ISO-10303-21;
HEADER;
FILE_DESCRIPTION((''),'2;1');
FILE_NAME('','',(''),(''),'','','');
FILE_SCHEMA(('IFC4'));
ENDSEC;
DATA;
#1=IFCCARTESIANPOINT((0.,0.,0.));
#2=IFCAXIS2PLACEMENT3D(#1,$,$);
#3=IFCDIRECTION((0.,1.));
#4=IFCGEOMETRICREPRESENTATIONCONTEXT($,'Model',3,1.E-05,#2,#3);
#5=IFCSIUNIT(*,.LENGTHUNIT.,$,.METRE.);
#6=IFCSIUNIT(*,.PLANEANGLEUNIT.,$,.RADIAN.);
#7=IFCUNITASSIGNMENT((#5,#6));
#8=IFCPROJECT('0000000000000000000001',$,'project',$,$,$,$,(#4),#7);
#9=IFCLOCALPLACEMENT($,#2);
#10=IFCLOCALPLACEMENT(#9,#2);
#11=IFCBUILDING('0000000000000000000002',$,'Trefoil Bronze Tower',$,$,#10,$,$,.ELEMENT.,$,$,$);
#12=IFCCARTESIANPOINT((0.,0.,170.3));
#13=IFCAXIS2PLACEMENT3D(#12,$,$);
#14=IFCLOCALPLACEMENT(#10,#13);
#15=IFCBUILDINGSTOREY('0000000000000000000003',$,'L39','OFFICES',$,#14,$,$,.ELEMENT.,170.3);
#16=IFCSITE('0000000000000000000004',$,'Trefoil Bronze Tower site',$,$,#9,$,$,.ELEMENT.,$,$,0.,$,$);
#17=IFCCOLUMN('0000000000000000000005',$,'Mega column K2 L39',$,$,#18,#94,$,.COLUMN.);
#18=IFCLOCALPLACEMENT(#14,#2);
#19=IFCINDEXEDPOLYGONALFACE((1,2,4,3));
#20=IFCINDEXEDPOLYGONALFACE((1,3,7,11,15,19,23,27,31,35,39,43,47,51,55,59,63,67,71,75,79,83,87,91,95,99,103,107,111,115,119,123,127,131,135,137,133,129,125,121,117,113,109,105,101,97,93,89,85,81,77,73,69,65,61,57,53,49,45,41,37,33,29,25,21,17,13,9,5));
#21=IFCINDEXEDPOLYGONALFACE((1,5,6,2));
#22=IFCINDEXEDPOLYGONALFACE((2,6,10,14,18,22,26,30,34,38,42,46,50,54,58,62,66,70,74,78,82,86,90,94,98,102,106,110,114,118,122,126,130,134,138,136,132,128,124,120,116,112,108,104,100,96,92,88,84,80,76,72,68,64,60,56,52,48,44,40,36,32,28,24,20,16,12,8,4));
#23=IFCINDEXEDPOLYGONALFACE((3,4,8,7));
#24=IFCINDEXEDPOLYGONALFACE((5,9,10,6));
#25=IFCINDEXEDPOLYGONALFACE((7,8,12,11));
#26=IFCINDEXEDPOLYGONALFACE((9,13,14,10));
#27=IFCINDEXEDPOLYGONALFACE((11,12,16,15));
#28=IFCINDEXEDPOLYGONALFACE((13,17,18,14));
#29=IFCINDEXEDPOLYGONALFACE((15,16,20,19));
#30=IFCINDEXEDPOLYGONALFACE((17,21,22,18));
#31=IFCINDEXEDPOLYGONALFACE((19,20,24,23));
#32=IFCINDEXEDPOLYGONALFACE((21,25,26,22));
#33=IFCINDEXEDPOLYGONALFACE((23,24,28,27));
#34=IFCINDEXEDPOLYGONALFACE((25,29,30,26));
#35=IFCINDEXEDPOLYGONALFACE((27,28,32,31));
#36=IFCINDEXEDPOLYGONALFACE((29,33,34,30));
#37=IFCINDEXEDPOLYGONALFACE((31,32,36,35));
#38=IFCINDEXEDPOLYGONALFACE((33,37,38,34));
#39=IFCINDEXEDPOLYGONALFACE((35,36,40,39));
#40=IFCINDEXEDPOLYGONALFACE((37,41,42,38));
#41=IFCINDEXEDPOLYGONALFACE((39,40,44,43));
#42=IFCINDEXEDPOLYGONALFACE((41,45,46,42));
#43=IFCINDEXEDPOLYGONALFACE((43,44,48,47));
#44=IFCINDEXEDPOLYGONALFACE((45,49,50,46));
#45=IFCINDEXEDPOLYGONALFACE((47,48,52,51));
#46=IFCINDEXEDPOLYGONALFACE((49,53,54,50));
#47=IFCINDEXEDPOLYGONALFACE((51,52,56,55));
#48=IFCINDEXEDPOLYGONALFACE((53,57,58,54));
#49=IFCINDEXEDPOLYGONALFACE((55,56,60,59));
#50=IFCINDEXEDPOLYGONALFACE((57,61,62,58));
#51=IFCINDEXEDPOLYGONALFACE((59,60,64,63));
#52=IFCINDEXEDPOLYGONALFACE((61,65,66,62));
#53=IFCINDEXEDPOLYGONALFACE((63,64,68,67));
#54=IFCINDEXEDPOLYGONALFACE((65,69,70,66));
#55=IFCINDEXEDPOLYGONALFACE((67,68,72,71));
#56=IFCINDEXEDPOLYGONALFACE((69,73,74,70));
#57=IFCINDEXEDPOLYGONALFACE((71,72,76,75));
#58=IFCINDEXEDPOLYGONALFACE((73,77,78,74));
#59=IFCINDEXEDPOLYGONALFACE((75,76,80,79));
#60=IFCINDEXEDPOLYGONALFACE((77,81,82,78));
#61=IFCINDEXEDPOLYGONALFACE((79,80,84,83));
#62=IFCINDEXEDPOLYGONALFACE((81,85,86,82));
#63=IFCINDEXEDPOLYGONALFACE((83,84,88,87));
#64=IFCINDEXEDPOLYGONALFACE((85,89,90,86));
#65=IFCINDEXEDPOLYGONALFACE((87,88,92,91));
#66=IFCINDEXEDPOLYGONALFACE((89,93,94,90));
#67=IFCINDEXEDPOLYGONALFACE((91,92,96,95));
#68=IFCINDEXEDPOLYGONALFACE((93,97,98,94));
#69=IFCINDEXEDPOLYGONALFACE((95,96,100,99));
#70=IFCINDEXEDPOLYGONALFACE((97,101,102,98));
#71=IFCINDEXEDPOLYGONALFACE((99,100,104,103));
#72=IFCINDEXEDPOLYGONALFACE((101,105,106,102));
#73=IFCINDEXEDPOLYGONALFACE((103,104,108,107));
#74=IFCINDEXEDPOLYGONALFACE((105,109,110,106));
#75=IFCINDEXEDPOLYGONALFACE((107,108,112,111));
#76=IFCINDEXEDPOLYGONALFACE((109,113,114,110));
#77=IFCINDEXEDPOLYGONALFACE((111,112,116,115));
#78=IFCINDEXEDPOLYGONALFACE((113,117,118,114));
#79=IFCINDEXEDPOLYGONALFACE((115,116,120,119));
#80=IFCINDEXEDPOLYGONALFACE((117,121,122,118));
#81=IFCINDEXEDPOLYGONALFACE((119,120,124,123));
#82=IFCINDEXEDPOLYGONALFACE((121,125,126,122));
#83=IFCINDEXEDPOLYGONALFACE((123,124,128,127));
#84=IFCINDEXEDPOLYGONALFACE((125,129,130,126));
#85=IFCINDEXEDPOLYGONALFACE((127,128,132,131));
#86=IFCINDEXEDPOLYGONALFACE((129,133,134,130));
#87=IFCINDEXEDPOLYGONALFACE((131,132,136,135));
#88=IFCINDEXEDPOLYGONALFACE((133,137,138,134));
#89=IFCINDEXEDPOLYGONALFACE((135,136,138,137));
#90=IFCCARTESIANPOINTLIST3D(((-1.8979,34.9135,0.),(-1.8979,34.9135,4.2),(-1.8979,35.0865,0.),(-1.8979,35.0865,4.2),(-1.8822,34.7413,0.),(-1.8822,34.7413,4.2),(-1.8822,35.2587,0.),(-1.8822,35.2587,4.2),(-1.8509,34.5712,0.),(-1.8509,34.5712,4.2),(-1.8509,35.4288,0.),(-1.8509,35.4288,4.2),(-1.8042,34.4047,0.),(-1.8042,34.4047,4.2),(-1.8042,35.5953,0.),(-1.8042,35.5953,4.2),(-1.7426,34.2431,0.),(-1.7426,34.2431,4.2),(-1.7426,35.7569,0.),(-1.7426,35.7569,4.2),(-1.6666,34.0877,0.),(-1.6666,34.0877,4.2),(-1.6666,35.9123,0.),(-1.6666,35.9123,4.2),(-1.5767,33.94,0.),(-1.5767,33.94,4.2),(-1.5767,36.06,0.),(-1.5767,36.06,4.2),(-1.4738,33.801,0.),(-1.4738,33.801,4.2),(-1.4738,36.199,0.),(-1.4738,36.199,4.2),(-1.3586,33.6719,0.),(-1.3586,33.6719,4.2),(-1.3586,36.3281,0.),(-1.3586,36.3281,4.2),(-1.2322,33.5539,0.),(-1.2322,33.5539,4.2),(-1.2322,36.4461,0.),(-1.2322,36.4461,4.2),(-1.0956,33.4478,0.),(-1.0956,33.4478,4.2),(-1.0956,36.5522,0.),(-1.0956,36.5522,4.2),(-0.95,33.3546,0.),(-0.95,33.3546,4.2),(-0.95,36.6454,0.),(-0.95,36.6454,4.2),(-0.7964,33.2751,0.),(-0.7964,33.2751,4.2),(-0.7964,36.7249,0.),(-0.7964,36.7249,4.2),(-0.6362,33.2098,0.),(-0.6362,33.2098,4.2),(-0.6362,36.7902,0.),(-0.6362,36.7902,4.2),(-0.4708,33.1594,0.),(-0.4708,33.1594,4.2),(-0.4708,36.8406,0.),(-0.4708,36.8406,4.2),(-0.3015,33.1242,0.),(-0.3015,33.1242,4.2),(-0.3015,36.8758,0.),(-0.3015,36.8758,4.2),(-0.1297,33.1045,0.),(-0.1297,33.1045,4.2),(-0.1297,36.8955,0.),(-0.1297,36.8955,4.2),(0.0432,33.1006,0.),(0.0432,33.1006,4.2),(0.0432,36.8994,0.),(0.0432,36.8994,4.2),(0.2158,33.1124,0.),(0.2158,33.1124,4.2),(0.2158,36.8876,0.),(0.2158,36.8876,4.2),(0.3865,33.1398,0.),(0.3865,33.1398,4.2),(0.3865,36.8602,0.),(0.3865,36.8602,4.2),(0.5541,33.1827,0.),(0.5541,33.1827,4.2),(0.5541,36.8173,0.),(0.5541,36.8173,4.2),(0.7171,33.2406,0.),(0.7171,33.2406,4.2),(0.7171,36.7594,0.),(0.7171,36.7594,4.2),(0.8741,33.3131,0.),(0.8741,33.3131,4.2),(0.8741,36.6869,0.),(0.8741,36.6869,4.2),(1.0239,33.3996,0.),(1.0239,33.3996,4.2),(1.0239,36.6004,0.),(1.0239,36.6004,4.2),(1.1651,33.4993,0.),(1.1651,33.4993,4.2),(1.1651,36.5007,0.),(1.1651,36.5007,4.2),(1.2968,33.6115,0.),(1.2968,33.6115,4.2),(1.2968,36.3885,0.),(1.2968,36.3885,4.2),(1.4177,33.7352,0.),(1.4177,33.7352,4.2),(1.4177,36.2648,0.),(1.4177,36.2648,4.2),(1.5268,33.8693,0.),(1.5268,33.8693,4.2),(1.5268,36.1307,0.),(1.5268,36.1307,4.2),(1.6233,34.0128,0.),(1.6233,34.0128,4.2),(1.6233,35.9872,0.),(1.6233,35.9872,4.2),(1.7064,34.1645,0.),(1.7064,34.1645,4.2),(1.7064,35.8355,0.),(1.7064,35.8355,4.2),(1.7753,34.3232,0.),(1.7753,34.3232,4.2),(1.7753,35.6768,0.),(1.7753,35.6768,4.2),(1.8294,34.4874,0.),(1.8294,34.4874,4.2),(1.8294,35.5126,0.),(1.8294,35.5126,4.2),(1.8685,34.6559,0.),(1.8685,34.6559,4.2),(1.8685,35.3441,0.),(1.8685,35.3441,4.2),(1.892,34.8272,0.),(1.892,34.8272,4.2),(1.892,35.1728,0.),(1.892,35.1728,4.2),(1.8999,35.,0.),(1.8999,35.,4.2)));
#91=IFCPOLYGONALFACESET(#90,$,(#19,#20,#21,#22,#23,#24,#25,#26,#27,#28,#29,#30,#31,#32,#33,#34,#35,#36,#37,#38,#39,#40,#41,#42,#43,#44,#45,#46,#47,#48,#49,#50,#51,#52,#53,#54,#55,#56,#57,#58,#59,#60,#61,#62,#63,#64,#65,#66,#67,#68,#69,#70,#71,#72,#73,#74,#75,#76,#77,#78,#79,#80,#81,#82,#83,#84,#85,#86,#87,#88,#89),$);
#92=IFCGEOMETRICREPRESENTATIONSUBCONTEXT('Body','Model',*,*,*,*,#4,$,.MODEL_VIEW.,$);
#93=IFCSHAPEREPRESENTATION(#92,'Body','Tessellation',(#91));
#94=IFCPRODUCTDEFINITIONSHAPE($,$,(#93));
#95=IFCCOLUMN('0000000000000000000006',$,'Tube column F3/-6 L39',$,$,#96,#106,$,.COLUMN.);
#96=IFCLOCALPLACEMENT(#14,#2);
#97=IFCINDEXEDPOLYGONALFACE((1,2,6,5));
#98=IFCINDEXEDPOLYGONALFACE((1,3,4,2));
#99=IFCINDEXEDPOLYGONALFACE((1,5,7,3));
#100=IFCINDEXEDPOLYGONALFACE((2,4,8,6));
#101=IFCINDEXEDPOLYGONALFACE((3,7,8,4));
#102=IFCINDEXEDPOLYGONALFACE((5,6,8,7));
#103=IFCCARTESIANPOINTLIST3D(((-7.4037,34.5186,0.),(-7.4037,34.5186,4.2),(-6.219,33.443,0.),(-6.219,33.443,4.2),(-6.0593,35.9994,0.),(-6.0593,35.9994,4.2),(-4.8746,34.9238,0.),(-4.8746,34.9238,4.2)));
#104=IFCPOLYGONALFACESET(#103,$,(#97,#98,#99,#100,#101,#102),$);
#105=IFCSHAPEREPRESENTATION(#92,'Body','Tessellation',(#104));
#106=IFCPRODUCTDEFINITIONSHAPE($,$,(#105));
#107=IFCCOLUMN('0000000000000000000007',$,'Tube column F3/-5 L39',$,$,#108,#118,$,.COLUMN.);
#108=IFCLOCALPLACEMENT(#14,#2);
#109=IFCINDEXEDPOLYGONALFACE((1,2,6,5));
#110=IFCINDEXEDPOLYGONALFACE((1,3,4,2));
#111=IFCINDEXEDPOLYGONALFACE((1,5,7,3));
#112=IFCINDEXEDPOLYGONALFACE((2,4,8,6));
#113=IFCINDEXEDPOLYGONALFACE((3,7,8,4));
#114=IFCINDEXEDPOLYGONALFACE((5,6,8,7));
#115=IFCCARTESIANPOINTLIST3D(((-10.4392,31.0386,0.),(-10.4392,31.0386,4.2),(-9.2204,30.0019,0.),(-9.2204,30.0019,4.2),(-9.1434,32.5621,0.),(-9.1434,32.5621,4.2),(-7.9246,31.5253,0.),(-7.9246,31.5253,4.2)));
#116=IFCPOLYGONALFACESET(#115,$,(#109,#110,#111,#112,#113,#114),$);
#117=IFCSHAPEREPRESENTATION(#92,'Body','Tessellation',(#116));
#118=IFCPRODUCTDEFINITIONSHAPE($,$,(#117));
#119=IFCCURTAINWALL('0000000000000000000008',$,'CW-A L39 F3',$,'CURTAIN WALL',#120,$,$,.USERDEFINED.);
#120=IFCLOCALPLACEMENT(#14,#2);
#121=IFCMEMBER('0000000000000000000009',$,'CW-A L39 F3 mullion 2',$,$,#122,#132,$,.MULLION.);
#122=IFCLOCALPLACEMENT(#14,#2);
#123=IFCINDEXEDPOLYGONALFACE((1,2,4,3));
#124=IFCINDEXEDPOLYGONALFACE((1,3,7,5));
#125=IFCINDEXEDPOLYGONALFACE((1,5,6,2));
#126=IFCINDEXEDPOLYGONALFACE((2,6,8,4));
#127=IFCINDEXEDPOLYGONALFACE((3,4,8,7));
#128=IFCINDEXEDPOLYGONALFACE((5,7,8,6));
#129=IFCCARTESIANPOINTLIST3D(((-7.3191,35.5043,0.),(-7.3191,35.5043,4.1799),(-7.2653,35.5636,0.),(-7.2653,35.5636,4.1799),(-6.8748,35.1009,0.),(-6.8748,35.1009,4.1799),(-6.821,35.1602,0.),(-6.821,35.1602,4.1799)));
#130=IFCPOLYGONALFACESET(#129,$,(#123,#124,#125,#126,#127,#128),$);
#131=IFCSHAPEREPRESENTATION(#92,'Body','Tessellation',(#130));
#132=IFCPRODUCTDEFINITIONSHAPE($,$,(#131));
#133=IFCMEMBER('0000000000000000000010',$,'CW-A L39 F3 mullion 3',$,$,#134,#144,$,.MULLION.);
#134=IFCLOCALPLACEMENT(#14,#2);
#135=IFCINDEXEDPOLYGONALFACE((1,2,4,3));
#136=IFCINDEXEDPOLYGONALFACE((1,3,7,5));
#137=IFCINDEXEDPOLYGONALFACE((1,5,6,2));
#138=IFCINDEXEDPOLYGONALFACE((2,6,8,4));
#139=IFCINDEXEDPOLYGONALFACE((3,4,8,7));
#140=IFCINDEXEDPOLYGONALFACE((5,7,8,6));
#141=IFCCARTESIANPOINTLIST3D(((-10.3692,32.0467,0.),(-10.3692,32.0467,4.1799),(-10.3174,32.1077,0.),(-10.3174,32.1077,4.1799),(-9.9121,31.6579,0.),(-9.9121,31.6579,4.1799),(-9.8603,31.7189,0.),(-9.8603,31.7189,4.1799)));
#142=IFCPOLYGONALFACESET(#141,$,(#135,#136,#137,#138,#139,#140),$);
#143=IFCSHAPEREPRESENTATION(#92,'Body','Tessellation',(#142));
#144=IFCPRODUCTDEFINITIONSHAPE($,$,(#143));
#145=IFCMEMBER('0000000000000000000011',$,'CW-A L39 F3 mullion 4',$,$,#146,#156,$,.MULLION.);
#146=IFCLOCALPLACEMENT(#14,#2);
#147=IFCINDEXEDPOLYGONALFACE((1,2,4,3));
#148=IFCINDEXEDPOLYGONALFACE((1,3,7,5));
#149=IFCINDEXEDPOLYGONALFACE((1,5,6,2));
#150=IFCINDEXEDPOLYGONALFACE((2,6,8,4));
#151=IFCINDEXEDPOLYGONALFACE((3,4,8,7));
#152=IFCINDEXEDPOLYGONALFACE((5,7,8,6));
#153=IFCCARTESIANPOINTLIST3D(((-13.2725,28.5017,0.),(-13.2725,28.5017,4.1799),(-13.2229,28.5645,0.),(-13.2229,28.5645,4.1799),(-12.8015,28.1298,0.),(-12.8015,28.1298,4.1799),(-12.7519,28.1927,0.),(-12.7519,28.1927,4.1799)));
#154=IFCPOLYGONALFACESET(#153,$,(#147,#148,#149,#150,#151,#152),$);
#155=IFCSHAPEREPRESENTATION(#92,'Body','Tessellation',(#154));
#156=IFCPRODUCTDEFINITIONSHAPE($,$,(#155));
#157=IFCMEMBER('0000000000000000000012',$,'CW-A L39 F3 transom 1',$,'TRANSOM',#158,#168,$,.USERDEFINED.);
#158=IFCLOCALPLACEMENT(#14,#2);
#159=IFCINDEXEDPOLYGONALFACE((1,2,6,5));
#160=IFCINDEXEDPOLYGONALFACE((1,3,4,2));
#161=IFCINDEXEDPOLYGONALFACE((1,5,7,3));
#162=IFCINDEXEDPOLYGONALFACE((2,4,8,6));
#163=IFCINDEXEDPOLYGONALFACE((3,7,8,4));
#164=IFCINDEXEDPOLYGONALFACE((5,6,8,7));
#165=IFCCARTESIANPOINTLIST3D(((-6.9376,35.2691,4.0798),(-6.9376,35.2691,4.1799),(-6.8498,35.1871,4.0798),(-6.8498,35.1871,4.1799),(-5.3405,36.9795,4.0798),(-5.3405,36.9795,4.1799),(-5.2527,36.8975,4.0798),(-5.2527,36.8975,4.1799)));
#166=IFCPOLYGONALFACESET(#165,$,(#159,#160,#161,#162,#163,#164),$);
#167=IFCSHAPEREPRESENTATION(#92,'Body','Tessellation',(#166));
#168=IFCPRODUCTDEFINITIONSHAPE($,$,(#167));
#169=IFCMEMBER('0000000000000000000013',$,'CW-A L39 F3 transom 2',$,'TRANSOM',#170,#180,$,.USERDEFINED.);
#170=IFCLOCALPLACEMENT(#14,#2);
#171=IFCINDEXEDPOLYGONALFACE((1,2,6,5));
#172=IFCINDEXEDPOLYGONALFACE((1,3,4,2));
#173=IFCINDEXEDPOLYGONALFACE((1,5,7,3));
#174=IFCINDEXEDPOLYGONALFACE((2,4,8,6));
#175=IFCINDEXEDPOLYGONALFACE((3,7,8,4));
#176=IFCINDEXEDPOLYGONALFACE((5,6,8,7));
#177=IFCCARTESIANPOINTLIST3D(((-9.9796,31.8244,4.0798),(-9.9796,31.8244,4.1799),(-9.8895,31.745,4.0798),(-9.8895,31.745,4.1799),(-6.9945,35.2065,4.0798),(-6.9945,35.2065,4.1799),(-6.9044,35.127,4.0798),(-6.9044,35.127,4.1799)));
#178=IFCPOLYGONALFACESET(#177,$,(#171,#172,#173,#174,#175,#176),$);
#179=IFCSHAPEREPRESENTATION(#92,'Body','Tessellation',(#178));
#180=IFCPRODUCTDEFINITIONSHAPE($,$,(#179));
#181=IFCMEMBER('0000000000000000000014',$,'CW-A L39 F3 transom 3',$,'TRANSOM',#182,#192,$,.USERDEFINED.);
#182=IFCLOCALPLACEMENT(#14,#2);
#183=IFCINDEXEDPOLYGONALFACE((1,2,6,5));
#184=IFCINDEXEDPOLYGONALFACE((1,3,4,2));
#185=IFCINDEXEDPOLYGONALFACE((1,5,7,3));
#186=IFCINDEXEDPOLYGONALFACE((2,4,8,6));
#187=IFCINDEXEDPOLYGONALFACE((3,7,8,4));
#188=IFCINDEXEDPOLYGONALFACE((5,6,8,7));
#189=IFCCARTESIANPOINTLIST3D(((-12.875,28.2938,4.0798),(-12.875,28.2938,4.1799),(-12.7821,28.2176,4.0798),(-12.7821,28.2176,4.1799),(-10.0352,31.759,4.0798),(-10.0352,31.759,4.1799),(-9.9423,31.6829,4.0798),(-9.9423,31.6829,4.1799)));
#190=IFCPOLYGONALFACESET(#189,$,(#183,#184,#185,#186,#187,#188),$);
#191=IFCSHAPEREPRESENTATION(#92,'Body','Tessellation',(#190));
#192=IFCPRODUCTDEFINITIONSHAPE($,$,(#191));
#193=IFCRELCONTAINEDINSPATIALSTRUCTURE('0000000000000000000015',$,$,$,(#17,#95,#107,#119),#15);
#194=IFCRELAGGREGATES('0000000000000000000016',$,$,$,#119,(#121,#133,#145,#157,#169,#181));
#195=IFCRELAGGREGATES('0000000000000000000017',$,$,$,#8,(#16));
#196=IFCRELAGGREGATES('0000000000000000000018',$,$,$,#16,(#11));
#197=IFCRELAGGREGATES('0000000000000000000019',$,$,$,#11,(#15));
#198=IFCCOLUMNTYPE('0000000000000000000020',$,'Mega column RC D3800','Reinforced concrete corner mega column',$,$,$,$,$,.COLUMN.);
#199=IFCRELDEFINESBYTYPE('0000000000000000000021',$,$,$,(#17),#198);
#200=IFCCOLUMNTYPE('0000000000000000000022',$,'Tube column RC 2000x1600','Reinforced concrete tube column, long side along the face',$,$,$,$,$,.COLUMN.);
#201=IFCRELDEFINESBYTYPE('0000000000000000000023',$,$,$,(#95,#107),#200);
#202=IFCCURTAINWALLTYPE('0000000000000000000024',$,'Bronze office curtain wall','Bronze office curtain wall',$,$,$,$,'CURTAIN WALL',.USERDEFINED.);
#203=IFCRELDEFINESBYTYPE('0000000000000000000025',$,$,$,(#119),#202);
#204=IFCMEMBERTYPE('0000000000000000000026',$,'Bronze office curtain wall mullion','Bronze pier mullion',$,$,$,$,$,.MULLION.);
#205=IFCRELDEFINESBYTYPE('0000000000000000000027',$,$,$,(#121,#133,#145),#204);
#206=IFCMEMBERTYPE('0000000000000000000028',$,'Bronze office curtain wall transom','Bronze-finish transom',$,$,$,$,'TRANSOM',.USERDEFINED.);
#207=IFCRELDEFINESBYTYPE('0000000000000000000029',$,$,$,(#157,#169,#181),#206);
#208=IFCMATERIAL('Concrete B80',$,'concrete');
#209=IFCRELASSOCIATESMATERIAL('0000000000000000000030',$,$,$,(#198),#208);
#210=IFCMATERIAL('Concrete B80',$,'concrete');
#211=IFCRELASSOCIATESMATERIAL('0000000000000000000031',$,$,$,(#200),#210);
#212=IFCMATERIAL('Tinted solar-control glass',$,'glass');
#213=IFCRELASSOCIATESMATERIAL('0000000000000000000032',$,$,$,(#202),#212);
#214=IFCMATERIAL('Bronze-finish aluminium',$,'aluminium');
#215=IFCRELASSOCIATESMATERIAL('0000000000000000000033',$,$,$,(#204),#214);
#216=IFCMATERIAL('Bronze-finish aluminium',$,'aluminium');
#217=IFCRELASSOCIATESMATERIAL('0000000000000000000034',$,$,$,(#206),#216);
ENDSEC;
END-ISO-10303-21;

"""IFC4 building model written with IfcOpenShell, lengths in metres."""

from ifc_helpers import new_model, si_unit, direction, frame, origin, origin_2d, place, context, subcontext, project, spatial, rectangle, circle, extrude, material, material_profile, profile_set, type_object, element, aggregate, save


model = new_model("IFC4")

# Units and contexts
model_context = context("Model", 3, precision=1e-05, world=origin(), true_north=direction((0.0, 1.0)))
body_context = subcontext(model_context, "Body", "Model", "MODEL_VIEW")
ifc_project = project(units=[si_unit("LENGTHUNIT", "METRE"), si_unit("PLANEANGLEUNIT", "RADIAN")], contexts=[model_context])

# Site, building, storey
site_placement = place(None, origin())
site = spatial("IfcSite", under=ifc_project, at=site_placement, Name="Trefoil Bronze Tower site", CompositionType="ELEMENT", RefElevation=0.0)
building_placement = place(site_placement, origin())
building = spatial("IfcBuilding", under=site, at=building_placement, Name="Trefoil Bronze Tower", CompositionType="ELEMENT")
storey_placement = place(building_placement, frame((0.0, 0.0, 170.3)))
storey = spatial("IfcBuildingStorey", under=building, at=storey_placement, Name="L39", Description="OFFICES", CompositionType="ELEMENT", Elevation=170.3)

# Columns
ifc_material_1 = material(Name="Concrete B80", Category="concrete")
ifc_material_profile_1 = material_profile(ifc_material_1, circle(Radius=1.8999, at=origin_2d()), Name="RC D3800")
ifc_profile_set_1 = profile_set([ifc_material_profile_1], Name="Concrete B80")
column_type_1 = type_object("IfcColumnType", Name="Mega column RC D3800", Description="Reinforced concrete corner mega column", PredefinedType="COLUMN", material=ifc_profile_set_1)
column_placement = place(storey_placement, frame((0.0, 35.0, 0.0), z_axis=(0.0, 0.0, 1.0), x_axis=(1.0, 0.0, 0.0)))
element("IfcColumn", 1, at=column_placement, inside=storey, type_object=column_type_1, Name="Mega column K2 L39", PredefinedType="COLUMN", context=body_context, shape_type="SweptSolid", body=[
    extrude(circle(Radius=1.8999, at=origin_2d()), origin(), (0.0, 0.0, 1.0), 4.2),
])
ifc_material_2 = material(Name="Concrete B80", Category="concrete")
ifc_material_profile_2 = material_profile(ifc_material_2, rectangle(XDim=2.0, YDim=1.6001, at=origin_2d()), Name="RC 2000x1600")
ifc_profile_set_2 = profile_set([ifc_material_profile_2], Name="Concrete B80")
column_type_2 = type_object("IfcColumnType", Name="Tube column RC 2000x1600", Description="Reinforced concrete tube column, long side along the face", PredefinedType="COLUMN", material=ifc_profile_set_2)
for number, where, z_axis, x_axis, name in (
    (2, (-6.1392, 34.7212, 0.0), (0.0, 0.0, 1.0), (-0.67221, -0.740361, 0.0), "Tube column F3/-6 L39"),
    (3, (-9.1819, 31.282, 0.0), (0.0, 0.0, 1.0), (-0.647904, -0.761722, 0.0), "Tube column F3/-5 L39"),
):
    element("IfcColumn", number, at=place(storey_placement, frame(where, z_axis=z_axis, x_axis=x_axis)), inside=storey, type_object=column_type_2, Name=name, PredefinedType="COLUMN", context=body_context, shape_type="SweptSolid", body=[
        extrude(rectangle(XDim=2.0, YDim=1.6001, at=origin_2d()), origin(), (0.0, 0.0, 1.0), 4.2),
    ])

# Curtain wall, members
ifc_material_3 = material(Name="Tinted solar-control glass", Category="glass")
curtain_wall_type_1 = type_object("IfcCurtainWallType", Name="Bronze office curtain wall", Description="Bronze office curtain wall", ElementType="CURTAIN WALL", PredefinedType="USERDEFINED", material=ifc_material_3)
curtain_wall_1_placement = place(storey_placement, origin())
curtain_wall_1 = element("IfcCurtainWall", 4, at=curtain_wall_1_placement, inside=storey, type_object=curtain_wall_type_1, Name="CW-A L39 F3", ObjectType="CURTAIN WALL", PredefinedType="USERDEFINED")
ifc_material_4 = material(Name="Bronze-finish aluminium", Category="aluminium")
ifc_material_profile_3 = material_profile(ifc_material_4, rectangle(XDim=0.6001, YDim=0.0801, at=origin_2d()), Name="CW-A mullion")
ifc_profile_set_3 = profile_set([ifc_material_profile_3], Name="Bronze-finish aluminium")
member_type_1 = type_object("IfcMemberType", Name="Bronze office curtain wall mullion", Description="Bronze pier mullion", PredefinedType="MULLION", material=ifc_profile_set_3)
member_1_placement = place(storey_placement, frame((-7.0701, 35.3323, 0.0), z_axis=(0.0, 0.0, 1.0), x_axis=(0.740361, -0.67221, 0.0)))
member_1 = element("IfcMember", 5, at=member_1_placement, type_object=member_type_1, Name="CW-A L39 F3 mullion 2", PredefinedType="MULLION", context=body_context, shape_type="SweptSolid", body=[
    extrude(rectangle(XDim=0.6001, YDim=0.0801, at=origin_2d()), origin(), (0.0, 0.0, 1.0), 4.1799),
])
member_2_placement = place(storey_placement, frame((-10.1147, 31.8828, 0.0), z_axis=(0.0, 0.0, 1.0), x_axis=(0.761722, -0.647904, 0.0)))
member_2 = element("IfcMember", 6, at=member_2_placement, type_object=member_type_1, Name="CW-A L39 F3 mullion 3", PredefinedType="MULLION", context=body_context, shape_type="SweptSolid", body=[
    extrude(rectangle(XDim=0.6001, YDim=0.0801, at=origin_2d()), origin(), (0.0, 0.0, 1.0), 4.1799),
])
member_3_placement = place(storey_placement, frame((-13.0122, 28.3472, 0.0), z_axis=(0.0, 0.0, 1.0), x_axis=(0.784879, -0.619649, 0.0)))
member_3 = element("IfcMember", 7, at=member_3_placement, type_object=member_type_1, Name="CW-A L39 F3 mullion 4", PredefinedType="MULLION", context=body_context, shape_type="SweptSolid", body=[
    extrude(rectangle(XDim=0.6001, YDim=0.0801, at=origin_2d()), origin(), (0.0, 0.0, 1.0), 4.1799),
])
ifc_material_5 = material(Name="Bronze-finish aluminium", Category="aluminium")
ifc_material_profile_4 = material_profile(ifc_material_5, rectangle(XDim=0.1201, YDim=0.1001, at=origin_2d()), Name="CW-A transom")
ifc_profile_set_4 = profile_set([ifc_material_profile_4], Name="Bronze-finish aluminium")
member_type_2 = type_object("IfcMemberType", Name="Bronze office curtain wall transom", Description="Bronze-finish transom", ElementType="TRANSOM", PredefinedType="USERDEFINED", material=ifc_profile_set_4)
member_4_placement = place(storey_placement, frame((-5.2966, 36.9385, 4.1299), z_axis=(-0.682489, -0.730896, 0.0), x_axis=(0.730896, -0.682489, 0.0)))
member_4 = element("IfcMember", 8, at=member_4_placement, type_object=member_type_2, Name="CW-A L39 F3 transom 1", ObjectType="TRANSOM", PredefinedType="USERDEFINED", context=body_context, shape_type="SweptSolid", body=[
    extrude(rectangle(XDim=0.1201, YDim=0.1001, at=origin_2d()), origin(), (0.0, 0.0, 1.0), 2.3401),
])
member_5_placement = place(storey_placement, frame((-6.9495, 35.1667, 4.1299), z_axis=(-0.661736, -0.749737, 0.0), x_axis=(0.749737, -0.661736, 0.0)))
member_5 = element("IfcMember", 9, at=member_5_placement, type_object=member_type_2, Name="CW-A L39 F3 transom 2", ObjectType="TRANSOM", PredefinedType="USERDEFINED", context=body_context, shape_type="SweptSolid", body=[
    extrude(rectangle(XDim=0.1201, YDim=0.1001, at=origin_2d()), origin(), (0.0, 0.0, 1.0), 4.511),
])
member_6_placement = place(storey_placement, frame((-9.9888, 31.7209, 4.1299), z_axis=(-0.633849, -0.773457, 0.0), x_axis=(0.773457, -0.633849, 0.0)))
member_6 = element("IfcMember", 10, at=member_6_placement, type_object=member_type_2, Name="CW-A L39 F3 transom 3", ObjectType="TRANSOM", PredefinedType="USERDEFINED", context=body_context, shape_type="SweptSolid", body=[
    extrude(rectangle(XDim=0.1201, YDim=0.1001, at=origin_2d()), origin(), (0.0, 0.0, 1.0), 4.4802),
])

aggregate(curtain_wall_1, [member_1, member_2, member_3, member_4, member_5, member_6])

save(model, "model.ifc")
